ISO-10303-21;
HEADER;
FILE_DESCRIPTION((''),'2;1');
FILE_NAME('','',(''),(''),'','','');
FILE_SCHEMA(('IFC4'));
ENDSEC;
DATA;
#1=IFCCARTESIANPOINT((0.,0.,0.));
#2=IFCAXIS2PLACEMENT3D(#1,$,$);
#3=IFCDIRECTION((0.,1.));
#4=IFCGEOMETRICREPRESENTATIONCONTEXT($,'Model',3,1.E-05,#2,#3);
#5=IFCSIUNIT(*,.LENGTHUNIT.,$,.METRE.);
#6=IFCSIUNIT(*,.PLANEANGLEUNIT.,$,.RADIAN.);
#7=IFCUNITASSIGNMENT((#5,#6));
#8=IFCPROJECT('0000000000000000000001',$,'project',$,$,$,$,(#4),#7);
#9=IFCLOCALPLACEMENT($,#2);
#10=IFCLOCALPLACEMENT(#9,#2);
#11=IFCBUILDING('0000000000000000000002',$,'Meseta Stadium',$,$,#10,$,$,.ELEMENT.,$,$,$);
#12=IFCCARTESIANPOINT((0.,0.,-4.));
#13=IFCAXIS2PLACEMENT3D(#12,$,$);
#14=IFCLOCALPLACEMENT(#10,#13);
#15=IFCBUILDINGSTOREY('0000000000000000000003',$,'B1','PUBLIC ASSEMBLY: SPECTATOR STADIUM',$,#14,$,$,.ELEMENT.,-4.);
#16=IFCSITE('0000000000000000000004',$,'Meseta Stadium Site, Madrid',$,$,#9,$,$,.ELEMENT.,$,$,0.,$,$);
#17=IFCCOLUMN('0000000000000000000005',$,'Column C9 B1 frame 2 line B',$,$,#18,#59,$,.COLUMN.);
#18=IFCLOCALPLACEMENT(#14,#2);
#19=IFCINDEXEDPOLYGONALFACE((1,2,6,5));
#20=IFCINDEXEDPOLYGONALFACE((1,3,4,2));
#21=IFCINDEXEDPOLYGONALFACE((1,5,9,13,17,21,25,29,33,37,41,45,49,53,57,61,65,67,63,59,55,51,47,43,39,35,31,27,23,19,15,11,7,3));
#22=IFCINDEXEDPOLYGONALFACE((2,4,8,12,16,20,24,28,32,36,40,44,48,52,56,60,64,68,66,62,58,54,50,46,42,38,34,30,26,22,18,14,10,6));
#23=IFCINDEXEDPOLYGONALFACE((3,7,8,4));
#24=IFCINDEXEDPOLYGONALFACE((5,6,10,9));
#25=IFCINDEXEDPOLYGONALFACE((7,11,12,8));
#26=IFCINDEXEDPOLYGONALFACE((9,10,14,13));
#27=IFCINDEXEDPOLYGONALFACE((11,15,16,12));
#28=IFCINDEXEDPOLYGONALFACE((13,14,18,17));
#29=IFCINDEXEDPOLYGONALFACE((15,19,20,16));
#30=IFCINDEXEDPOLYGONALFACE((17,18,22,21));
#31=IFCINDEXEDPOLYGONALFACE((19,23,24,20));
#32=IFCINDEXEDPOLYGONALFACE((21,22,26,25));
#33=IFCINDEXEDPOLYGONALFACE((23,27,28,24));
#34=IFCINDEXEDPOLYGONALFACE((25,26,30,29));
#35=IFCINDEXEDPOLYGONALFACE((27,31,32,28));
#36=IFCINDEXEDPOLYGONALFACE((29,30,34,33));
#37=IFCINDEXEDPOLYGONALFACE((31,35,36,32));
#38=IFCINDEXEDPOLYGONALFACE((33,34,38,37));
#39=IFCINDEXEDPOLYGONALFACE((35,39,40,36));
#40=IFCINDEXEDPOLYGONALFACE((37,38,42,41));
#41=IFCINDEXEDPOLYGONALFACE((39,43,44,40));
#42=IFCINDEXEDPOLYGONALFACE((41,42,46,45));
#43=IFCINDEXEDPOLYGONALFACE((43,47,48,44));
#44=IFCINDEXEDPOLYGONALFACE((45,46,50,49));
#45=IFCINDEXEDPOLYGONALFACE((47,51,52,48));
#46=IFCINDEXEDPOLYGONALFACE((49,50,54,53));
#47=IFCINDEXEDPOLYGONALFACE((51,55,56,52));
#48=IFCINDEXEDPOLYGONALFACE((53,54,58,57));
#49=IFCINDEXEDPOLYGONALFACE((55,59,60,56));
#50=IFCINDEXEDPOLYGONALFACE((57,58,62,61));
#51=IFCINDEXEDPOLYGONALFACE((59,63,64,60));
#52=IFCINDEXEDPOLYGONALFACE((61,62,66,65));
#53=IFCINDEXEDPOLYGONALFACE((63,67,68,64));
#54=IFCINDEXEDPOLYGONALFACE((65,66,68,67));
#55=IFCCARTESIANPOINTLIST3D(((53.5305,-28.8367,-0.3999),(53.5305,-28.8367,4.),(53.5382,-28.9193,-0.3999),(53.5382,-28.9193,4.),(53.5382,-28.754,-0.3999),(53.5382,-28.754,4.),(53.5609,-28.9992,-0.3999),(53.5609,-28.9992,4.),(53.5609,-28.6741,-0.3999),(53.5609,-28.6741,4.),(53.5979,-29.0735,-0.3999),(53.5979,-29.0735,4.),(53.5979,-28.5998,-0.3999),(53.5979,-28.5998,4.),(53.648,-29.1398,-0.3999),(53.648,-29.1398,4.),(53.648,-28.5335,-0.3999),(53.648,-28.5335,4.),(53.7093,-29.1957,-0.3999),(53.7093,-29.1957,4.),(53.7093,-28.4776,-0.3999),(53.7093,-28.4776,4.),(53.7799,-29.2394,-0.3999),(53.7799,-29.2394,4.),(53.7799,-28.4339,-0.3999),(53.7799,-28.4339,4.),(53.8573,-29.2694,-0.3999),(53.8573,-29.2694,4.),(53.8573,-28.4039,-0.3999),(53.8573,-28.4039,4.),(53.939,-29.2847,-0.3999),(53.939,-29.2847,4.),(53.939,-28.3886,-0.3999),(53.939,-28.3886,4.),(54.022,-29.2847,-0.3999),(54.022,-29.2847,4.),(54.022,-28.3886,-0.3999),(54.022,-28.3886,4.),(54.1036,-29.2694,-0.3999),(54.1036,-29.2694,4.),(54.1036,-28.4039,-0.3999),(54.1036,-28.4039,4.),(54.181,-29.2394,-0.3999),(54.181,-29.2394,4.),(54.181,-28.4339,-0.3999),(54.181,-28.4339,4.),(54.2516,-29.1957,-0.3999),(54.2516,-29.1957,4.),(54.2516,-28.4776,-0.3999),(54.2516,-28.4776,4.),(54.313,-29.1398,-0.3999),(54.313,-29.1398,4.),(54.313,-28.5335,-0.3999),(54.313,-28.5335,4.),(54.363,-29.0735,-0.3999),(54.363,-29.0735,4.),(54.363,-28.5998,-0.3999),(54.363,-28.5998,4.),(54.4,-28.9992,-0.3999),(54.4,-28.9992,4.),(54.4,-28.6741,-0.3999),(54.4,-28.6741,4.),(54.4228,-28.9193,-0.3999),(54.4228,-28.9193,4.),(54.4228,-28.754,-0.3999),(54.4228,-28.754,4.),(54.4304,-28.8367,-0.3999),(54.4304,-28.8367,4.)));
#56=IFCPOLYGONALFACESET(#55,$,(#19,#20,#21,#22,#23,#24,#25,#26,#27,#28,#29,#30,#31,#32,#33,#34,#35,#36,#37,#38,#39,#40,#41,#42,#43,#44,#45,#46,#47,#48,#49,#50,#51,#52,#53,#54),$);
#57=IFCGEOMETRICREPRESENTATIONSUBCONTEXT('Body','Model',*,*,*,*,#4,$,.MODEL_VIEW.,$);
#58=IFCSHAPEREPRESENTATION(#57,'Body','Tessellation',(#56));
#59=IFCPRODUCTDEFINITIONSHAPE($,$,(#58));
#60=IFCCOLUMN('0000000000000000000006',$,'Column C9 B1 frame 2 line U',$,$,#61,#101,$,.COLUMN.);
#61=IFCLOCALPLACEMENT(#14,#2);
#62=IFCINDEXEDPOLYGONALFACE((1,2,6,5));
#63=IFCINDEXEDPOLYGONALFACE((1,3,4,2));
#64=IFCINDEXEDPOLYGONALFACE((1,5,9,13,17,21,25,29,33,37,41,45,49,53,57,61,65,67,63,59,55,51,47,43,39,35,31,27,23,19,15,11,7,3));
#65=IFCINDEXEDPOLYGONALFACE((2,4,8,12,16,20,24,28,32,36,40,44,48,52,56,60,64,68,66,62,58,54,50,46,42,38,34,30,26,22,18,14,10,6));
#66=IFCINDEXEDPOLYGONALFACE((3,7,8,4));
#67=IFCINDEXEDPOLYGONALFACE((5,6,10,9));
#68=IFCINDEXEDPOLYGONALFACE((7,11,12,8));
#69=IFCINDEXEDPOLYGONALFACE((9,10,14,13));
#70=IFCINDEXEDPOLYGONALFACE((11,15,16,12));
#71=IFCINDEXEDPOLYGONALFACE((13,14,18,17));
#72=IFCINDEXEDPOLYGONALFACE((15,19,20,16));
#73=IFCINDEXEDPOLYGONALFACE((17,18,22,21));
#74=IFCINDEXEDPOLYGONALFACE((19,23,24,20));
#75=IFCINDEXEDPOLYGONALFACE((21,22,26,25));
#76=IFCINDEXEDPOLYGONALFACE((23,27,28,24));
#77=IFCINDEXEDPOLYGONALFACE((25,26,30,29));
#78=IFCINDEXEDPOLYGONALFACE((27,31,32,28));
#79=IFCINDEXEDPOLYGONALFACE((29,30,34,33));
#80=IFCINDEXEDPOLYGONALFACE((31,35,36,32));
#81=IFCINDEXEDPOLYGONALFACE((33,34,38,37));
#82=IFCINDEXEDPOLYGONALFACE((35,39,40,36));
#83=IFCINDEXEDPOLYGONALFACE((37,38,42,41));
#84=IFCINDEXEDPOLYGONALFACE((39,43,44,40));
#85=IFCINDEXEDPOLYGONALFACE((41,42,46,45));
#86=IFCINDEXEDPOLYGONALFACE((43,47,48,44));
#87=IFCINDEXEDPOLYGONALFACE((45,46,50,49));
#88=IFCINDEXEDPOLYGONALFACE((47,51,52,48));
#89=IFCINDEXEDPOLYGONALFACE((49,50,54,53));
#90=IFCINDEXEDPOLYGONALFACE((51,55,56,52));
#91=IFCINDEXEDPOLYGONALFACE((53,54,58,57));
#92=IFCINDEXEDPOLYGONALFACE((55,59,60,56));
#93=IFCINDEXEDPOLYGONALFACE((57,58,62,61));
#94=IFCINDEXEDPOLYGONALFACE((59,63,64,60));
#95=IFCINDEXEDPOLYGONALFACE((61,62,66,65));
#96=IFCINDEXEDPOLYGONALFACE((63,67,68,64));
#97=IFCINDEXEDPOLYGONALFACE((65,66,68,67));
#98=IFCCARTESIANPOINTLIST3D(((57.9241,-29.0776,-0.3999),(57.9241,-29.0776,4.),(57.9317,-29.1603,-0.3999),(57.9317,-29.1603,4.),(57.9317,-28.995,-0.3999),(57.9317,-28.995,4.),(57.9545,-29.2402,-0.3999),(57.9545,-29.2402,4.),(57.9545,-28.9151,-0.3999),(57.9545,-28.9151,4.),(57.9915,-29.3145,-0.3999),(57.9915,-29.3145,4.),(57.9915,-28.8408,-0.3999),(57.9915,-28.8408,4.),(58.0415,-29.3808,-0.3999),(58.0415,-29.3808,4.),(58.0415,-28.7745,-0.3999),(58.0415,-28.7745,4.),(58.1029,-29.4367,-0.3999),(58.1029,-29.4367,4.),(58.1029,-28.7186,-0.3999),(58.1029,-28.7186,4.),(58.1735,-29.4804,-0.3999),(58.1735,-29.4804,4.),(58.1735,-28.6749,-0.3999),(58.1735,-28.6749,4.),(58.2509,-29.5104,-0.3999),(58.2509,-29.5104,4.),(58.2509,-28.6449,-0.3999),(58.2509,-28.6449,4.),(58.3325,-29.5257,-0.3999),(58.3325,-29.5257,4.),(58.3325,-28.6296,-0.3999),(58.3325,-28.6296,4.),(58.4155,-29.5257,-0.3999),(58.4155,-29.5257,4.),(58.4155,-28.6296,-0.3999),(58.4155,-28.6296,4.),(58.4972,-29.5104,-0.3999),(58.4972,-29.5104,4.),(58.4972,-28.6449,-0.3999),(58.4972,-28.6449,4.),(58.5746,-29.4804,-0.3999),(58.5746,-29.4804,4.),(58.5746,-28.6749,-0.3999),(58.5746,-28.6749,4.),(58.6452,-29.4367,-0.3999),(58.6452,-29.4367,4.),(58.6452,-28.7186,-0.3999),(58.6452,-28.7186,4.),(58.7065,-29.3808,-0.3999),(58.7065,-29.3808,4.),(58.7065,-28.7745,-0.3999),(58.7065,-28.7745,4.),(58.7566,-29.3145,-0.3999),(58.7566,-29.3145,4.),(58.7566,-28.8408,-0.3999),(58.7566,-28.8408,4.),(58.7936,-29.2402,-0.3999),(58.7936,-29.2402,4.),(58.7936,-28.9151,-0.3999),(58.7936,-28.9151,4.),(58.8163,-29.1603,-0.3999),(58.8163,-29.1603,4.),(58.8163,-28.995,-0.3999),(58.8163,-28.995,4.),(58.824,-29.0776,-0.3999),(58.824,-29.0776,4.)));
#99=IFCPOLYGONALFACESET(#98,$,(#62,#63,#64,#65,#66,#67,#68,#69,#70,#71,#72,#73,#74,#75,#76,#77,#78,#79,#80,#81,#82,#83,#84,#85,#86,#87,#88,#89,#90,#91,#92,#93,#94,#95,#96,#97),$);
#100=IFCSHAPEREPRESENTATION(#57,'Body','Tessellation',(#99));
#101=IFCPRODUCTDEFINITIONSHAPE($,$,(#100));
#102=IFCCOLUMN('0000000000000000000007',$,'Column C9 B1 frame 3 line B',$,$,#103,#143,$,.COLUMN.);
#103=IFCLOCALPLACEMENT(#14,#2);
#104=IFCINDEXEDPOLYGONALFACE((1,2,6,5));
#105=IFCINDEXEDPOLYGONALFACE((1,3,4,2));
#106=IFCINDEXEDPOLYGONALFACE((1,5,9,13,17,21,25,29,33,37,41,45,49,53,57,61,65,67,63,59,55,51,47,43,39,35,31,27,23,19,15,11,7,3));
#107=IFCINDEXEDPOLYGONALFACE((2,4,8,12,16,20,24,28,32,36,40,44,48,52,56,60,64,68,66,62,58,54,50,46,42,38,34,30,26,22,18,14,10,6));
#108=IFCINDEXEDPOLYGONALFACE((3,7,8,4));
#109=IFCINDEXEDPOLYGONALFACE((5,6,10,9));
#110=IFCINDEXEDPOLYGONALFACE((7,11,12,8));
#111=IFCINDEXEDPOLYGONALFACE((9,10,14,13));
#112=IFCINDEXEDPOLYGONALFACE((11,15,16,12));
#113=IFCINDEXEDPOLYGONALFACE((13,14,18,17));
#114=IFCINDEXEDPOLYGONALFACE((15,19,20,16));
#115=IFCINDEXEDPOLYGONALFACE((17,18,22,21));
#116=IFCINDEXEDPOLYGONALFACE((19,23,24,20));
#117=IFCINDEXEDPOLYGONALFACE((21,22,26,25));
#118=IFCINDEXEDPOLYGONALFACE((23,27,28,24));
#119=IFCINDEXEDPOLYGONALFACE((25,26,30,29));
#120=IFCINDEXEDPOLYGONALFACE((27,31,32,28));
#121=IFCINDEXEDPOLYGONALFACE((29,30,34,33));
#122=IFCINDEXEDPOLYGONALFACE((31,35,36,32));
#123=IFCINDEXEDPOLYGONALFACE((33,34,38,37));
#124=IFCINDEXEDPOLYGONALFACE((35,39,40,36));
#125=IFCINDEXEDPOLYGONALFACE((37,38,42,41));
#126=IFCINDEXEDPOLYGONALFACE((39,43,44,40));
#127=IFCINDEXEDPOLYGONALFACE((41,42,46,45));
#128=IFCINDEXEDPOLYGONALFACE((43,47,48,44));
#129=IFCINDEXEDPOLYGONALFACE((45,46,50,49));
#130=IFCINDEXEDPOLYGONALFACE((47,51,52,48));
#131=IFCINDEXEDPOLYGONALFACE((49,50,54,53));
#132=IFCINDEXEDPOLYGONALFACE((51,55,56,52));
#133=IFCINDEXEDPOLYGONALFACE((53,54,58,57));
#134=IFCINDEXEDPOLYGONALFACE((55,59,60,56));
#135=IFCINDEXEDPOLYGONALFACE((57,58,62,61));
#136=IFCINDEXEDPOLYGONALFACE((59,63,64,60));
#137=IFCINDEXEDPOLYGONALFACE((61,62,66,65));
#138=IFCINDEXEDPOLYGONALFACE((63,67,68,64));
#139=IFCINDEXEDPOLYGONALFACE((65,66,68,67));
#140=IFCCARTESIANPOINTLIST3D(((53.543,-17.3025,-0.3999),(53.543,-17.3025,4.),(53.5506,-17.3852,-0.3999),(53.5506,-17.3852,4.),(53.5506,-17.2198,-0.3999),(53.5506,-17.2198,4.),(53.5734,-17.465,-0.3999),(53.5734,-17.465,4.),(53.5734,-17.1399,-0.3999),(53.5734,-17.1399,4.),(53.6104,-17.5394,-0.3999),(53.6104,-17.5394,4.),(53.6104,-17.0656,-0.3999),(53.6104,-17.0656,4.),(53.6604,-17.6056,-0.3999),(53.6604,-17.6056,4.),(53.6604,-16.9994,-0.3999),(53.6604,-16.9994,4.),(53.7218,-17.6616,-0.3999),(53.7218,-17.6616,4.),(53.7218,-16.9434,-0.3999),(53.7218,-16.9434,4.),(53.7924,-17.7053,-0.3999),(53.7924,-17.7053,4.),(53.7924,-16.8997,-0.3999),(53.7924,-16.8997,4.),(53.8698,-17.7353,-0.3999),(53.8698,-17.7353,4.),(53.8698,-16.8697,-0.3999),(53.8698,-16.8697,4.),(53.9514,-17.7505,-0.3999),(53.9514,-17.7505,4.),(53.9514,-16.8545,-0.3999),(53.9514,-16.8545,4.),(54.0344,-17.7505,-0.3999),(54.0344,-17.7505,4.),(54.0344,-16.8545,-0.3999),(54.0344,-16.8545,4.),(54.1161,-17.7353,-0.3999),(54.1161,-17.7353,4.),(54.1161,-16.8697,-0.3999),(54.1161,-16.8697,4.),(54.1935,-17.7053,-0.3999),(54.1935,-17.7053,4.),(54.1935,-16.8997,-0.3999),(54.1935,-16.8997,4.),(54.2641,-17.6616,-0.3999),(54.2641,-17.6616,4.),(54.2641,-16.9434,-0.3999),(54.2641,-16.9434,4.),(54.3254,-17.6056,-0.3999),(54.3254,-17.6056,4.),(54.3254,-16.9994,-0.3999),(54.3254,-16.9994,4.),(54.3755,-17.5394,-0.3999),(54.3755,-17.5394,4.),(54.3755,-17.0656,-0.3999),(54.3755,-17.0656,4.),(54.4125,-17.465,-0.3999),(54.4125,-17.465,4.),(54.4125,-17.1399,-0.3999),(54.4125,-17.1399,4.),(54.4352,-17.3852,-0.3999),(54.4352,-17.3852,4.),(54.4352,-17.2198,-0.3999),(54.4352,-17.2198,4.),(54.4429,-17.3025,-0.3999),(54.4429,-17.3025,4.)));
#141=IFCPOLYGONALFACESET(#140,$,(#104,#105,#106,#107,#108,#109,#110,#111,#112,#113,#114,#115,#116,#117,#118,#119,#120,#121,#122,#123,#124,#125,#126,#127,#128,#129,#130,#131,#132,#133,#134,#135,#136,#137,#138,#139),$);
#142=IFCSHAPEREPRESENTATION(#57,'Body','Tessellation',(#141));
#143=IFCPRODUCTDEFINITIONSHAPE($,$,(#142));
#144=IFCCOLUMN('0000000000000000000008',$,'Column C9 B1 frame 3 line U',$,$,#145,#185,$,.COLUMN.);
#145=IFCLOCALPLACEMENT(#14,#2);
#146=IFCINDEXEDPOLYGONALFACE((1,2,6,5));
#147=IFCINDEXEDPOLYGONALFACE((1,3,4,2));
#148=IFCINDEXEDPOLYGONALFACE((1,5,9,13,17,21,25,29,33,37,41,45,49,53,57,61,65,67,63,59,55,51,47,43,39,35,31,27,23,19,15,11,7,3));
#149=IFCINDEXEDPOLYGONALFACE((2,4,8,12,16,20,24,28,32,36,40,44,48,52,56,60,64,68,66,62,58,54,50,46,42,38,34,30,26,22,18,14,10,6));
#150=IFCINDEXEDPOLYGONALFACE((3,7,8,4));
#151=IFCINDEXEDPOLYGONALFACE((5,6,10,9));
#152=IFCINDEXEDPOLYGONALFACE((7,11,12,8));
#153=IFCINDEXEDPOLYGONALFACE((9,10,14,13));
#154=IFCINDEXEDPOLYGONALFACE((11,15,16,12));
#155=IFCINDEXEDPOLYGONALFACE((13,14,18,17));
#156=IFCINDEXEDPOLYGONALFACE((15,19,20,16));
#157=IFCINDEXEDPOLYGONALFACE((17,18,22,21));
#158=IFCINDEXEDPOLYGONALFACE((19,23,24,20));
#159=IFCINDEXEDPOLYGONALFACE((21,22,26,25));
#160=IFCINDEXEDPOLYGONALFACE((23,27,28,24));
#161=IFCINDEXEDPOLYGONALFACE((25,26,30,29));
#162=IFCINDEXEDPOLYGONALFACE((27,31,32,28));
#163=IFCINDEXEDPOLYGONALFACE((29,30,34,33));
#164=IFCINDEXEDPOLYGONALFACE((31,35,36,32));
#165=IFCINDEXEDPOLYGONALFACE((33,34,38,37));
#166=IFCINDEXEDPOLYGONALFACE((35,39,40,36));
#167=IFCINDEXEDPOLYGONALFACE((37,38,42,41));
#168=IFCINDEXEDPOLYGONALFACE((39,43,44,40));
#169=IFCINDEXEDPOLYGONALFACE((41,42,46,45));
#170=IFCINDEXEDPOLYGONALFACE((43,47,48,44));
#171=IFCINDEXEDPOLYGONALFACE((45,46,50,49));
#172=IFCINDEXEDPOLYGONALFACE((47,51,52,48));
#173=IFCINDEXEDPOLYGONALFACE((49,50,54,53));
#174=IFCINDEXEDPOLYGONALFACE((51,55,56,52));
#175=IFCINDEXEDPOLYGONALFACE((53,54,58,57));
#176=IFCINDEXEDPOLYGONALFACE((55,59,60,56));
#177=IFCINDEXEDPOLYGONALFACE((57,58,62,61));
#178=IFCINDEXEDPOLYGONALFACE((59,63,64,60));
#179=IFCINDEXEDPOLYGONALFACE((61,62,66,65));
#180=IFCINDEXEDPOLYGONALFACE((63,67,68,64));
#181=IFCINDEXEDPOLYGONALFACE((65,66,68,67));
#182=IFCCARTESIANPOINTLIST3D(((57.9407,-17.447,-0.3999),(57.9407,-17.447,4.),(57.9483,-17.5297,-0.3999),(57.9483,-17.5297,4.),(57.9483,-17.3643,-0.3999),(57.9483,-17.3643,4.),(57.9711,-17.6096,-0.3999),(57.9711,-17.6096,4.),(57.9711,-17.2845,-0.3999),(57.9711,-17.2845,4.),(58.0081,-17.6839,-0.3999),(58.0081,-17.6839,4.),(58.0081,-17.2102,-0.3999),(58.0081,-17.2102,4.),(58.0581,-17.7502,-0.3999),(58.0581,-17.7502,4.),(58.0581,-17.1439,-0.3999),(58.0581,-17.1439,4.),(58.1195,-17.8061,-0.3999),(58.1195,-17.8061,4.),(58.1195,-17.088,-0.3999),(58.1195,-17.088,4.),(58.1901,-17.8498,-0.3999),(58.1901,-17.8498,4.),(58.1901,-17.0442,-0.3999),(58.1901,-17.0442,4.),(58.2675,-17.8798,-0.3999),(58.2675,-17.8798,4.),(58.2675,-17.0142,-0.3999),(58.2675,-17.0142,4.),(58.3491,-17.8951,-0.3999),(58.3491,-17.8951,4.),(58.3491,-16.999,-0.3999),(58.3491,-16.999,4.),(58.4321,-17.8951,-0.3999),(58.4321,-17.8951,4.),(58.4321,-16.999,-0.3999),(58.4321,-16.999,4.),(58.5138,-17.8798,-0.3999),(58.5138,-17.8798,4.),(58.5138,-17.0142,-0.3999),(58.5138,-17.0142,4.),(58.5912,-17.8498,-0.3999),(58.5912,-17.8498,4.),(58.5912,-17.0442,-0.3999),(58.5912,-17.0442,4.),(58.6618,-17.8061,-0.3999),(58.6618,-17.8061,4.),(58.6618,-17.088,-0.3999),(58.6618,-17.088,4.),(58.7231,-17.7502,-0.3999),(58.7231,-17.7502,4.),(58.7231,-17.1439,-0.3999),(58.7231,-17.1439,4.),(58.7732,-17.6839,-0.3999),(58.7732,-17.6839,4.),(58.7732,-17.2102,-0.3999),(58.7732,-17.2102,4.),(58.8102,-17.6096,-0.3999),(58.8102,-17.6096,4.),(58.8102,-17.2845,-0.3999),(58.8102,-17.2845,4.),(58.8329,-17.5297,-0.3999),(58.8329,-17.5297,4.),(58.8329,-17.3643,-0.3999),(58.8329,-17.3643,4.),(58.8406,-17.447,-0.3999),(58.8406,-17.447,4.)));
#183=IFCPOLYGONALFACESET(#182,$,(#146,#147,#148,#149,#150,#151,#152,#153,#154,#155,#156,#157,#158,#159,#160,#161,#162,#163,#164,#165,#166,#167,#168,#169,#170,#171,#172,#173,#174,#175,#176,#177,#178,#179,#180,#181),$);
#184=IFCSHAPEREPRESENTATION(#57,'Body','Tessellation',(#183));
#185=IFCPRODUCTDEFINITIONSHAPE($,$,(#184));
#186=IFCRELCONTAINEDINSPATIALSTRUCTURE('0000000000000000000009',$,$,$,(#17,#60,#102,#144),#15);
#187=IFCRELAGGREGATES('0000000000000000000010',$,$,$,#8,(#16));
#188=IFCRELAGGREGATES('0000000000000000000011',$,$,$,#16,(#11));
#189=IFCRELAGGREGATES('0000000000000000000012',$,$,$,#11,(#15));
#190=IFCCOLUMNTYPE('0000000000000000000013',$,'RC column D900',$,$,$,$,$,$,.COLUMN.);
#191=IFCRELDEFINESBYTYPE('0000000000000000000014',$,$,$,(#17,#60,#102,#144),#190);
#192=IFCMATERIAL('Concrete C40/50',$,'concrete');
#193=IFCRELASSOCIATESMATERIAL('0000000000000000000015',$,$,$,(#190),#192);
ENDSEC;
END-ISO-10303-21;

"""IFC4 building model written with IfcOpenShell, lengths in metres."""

from ifc_helpers import new_model, si_unit, direction, frame, origin, origin_2d, place, context, subcontext, project, spatial, circle, extrude, material, material_profile, profile_set, type_object, element, save


model = new_model("IFC4")

# Units and contexts
model_context = context("Model", 3, precision=1e-05, world=origin(), true_north=direction((0.0, 1.0)))
body_context = subcontext(model_context, "Body", "Model", "MODEL_VIEW")
ifc_project = project(units=[si_unit("LENGTHUNIT", "METRE"), si_unit("PLANEANGLEUNIT", "RADIAN")], contexts=[model_context])

# Site, building, storey
site_placement = place(None, origin())
site = spatial("IfcSite", under=ifc_project, at=site_placement, Name="Meseta Stadium Site, Madrid", CompositionType="ELEMENT", RefElevation=0.0)
building_placement = place(site_placement, origin())
building = spatial("IfcBuilding", under=site, at=building_placement, Name="Meseta Stadium", CompositionType="ELEMENT")
storey_placement = place(building_placement, frame((0.0, 0.0, -4.0)))
storey = spatial("IfcBuildingStorey", under=building, at=storey_placement, Name="B1", Description="PUBLIC ASSEMBLY: SPECTATOR STADIUM", CompositionType="ELEMENT", Elevation=-4.0)

# Columns
ifc_material_1 = material(Name="Concrete C40/50", Category="concrete")
ifc_material_profile_1 = material_profile(ifc_material_1, circle(Radius=0.45, at=origin_2d()), Name="RC D900")
ifc_profile_set_1 = profile_set([ifc_material_profile_1], Name="Concrete C40/50")
column_type_1 = type_object("IfcColumnType", Name="RC column D900", PredefinedType="COLUMN", material=ifc_profile_set_1)
for number, where, z_axis, x_axis, name in (
    (1, (53.9805, -28.8367, -0.3999), (0.0, 0.0, 1.0), (1.0, 0.0, 0.0), "Column C9 B1 frame 2 line B"),
    (2, (58.374, -29.0776, -0.3999), (0.0, 0.0, 1.0), (1.0, 0.0, 0.0), "Column C9 B1 frame 2 line U"),
    (3, (53.9929, -17.3025, -0.3999), (0.0, 0.0, 1.0), (1.0, 0.0, 0.0), "Column C9 B1 frame 3 line B"),
    (4, (58.3906, -17.447, -0.3999), (0.0, 0.0, 1.0), (1.0, 0.0, 0.0), "Column C9 B1 frame 3 line U"),
):
    element("IfcColumn", number, at=place(storey_placement, frame(where, z_axis=z_axis, x_axis=x_axis)), inside=storey, type_object=column_type_1, Name=name, PredefinedType="COLUMN", context=body_context, shape_type="SweptSolid", body=[
        extrude(circle(Radius=0.45, at=origin_2d()), origin(), (0.0, 0.0, 1.0), 4.3999),
    ])

save(model, "model.ifc")
